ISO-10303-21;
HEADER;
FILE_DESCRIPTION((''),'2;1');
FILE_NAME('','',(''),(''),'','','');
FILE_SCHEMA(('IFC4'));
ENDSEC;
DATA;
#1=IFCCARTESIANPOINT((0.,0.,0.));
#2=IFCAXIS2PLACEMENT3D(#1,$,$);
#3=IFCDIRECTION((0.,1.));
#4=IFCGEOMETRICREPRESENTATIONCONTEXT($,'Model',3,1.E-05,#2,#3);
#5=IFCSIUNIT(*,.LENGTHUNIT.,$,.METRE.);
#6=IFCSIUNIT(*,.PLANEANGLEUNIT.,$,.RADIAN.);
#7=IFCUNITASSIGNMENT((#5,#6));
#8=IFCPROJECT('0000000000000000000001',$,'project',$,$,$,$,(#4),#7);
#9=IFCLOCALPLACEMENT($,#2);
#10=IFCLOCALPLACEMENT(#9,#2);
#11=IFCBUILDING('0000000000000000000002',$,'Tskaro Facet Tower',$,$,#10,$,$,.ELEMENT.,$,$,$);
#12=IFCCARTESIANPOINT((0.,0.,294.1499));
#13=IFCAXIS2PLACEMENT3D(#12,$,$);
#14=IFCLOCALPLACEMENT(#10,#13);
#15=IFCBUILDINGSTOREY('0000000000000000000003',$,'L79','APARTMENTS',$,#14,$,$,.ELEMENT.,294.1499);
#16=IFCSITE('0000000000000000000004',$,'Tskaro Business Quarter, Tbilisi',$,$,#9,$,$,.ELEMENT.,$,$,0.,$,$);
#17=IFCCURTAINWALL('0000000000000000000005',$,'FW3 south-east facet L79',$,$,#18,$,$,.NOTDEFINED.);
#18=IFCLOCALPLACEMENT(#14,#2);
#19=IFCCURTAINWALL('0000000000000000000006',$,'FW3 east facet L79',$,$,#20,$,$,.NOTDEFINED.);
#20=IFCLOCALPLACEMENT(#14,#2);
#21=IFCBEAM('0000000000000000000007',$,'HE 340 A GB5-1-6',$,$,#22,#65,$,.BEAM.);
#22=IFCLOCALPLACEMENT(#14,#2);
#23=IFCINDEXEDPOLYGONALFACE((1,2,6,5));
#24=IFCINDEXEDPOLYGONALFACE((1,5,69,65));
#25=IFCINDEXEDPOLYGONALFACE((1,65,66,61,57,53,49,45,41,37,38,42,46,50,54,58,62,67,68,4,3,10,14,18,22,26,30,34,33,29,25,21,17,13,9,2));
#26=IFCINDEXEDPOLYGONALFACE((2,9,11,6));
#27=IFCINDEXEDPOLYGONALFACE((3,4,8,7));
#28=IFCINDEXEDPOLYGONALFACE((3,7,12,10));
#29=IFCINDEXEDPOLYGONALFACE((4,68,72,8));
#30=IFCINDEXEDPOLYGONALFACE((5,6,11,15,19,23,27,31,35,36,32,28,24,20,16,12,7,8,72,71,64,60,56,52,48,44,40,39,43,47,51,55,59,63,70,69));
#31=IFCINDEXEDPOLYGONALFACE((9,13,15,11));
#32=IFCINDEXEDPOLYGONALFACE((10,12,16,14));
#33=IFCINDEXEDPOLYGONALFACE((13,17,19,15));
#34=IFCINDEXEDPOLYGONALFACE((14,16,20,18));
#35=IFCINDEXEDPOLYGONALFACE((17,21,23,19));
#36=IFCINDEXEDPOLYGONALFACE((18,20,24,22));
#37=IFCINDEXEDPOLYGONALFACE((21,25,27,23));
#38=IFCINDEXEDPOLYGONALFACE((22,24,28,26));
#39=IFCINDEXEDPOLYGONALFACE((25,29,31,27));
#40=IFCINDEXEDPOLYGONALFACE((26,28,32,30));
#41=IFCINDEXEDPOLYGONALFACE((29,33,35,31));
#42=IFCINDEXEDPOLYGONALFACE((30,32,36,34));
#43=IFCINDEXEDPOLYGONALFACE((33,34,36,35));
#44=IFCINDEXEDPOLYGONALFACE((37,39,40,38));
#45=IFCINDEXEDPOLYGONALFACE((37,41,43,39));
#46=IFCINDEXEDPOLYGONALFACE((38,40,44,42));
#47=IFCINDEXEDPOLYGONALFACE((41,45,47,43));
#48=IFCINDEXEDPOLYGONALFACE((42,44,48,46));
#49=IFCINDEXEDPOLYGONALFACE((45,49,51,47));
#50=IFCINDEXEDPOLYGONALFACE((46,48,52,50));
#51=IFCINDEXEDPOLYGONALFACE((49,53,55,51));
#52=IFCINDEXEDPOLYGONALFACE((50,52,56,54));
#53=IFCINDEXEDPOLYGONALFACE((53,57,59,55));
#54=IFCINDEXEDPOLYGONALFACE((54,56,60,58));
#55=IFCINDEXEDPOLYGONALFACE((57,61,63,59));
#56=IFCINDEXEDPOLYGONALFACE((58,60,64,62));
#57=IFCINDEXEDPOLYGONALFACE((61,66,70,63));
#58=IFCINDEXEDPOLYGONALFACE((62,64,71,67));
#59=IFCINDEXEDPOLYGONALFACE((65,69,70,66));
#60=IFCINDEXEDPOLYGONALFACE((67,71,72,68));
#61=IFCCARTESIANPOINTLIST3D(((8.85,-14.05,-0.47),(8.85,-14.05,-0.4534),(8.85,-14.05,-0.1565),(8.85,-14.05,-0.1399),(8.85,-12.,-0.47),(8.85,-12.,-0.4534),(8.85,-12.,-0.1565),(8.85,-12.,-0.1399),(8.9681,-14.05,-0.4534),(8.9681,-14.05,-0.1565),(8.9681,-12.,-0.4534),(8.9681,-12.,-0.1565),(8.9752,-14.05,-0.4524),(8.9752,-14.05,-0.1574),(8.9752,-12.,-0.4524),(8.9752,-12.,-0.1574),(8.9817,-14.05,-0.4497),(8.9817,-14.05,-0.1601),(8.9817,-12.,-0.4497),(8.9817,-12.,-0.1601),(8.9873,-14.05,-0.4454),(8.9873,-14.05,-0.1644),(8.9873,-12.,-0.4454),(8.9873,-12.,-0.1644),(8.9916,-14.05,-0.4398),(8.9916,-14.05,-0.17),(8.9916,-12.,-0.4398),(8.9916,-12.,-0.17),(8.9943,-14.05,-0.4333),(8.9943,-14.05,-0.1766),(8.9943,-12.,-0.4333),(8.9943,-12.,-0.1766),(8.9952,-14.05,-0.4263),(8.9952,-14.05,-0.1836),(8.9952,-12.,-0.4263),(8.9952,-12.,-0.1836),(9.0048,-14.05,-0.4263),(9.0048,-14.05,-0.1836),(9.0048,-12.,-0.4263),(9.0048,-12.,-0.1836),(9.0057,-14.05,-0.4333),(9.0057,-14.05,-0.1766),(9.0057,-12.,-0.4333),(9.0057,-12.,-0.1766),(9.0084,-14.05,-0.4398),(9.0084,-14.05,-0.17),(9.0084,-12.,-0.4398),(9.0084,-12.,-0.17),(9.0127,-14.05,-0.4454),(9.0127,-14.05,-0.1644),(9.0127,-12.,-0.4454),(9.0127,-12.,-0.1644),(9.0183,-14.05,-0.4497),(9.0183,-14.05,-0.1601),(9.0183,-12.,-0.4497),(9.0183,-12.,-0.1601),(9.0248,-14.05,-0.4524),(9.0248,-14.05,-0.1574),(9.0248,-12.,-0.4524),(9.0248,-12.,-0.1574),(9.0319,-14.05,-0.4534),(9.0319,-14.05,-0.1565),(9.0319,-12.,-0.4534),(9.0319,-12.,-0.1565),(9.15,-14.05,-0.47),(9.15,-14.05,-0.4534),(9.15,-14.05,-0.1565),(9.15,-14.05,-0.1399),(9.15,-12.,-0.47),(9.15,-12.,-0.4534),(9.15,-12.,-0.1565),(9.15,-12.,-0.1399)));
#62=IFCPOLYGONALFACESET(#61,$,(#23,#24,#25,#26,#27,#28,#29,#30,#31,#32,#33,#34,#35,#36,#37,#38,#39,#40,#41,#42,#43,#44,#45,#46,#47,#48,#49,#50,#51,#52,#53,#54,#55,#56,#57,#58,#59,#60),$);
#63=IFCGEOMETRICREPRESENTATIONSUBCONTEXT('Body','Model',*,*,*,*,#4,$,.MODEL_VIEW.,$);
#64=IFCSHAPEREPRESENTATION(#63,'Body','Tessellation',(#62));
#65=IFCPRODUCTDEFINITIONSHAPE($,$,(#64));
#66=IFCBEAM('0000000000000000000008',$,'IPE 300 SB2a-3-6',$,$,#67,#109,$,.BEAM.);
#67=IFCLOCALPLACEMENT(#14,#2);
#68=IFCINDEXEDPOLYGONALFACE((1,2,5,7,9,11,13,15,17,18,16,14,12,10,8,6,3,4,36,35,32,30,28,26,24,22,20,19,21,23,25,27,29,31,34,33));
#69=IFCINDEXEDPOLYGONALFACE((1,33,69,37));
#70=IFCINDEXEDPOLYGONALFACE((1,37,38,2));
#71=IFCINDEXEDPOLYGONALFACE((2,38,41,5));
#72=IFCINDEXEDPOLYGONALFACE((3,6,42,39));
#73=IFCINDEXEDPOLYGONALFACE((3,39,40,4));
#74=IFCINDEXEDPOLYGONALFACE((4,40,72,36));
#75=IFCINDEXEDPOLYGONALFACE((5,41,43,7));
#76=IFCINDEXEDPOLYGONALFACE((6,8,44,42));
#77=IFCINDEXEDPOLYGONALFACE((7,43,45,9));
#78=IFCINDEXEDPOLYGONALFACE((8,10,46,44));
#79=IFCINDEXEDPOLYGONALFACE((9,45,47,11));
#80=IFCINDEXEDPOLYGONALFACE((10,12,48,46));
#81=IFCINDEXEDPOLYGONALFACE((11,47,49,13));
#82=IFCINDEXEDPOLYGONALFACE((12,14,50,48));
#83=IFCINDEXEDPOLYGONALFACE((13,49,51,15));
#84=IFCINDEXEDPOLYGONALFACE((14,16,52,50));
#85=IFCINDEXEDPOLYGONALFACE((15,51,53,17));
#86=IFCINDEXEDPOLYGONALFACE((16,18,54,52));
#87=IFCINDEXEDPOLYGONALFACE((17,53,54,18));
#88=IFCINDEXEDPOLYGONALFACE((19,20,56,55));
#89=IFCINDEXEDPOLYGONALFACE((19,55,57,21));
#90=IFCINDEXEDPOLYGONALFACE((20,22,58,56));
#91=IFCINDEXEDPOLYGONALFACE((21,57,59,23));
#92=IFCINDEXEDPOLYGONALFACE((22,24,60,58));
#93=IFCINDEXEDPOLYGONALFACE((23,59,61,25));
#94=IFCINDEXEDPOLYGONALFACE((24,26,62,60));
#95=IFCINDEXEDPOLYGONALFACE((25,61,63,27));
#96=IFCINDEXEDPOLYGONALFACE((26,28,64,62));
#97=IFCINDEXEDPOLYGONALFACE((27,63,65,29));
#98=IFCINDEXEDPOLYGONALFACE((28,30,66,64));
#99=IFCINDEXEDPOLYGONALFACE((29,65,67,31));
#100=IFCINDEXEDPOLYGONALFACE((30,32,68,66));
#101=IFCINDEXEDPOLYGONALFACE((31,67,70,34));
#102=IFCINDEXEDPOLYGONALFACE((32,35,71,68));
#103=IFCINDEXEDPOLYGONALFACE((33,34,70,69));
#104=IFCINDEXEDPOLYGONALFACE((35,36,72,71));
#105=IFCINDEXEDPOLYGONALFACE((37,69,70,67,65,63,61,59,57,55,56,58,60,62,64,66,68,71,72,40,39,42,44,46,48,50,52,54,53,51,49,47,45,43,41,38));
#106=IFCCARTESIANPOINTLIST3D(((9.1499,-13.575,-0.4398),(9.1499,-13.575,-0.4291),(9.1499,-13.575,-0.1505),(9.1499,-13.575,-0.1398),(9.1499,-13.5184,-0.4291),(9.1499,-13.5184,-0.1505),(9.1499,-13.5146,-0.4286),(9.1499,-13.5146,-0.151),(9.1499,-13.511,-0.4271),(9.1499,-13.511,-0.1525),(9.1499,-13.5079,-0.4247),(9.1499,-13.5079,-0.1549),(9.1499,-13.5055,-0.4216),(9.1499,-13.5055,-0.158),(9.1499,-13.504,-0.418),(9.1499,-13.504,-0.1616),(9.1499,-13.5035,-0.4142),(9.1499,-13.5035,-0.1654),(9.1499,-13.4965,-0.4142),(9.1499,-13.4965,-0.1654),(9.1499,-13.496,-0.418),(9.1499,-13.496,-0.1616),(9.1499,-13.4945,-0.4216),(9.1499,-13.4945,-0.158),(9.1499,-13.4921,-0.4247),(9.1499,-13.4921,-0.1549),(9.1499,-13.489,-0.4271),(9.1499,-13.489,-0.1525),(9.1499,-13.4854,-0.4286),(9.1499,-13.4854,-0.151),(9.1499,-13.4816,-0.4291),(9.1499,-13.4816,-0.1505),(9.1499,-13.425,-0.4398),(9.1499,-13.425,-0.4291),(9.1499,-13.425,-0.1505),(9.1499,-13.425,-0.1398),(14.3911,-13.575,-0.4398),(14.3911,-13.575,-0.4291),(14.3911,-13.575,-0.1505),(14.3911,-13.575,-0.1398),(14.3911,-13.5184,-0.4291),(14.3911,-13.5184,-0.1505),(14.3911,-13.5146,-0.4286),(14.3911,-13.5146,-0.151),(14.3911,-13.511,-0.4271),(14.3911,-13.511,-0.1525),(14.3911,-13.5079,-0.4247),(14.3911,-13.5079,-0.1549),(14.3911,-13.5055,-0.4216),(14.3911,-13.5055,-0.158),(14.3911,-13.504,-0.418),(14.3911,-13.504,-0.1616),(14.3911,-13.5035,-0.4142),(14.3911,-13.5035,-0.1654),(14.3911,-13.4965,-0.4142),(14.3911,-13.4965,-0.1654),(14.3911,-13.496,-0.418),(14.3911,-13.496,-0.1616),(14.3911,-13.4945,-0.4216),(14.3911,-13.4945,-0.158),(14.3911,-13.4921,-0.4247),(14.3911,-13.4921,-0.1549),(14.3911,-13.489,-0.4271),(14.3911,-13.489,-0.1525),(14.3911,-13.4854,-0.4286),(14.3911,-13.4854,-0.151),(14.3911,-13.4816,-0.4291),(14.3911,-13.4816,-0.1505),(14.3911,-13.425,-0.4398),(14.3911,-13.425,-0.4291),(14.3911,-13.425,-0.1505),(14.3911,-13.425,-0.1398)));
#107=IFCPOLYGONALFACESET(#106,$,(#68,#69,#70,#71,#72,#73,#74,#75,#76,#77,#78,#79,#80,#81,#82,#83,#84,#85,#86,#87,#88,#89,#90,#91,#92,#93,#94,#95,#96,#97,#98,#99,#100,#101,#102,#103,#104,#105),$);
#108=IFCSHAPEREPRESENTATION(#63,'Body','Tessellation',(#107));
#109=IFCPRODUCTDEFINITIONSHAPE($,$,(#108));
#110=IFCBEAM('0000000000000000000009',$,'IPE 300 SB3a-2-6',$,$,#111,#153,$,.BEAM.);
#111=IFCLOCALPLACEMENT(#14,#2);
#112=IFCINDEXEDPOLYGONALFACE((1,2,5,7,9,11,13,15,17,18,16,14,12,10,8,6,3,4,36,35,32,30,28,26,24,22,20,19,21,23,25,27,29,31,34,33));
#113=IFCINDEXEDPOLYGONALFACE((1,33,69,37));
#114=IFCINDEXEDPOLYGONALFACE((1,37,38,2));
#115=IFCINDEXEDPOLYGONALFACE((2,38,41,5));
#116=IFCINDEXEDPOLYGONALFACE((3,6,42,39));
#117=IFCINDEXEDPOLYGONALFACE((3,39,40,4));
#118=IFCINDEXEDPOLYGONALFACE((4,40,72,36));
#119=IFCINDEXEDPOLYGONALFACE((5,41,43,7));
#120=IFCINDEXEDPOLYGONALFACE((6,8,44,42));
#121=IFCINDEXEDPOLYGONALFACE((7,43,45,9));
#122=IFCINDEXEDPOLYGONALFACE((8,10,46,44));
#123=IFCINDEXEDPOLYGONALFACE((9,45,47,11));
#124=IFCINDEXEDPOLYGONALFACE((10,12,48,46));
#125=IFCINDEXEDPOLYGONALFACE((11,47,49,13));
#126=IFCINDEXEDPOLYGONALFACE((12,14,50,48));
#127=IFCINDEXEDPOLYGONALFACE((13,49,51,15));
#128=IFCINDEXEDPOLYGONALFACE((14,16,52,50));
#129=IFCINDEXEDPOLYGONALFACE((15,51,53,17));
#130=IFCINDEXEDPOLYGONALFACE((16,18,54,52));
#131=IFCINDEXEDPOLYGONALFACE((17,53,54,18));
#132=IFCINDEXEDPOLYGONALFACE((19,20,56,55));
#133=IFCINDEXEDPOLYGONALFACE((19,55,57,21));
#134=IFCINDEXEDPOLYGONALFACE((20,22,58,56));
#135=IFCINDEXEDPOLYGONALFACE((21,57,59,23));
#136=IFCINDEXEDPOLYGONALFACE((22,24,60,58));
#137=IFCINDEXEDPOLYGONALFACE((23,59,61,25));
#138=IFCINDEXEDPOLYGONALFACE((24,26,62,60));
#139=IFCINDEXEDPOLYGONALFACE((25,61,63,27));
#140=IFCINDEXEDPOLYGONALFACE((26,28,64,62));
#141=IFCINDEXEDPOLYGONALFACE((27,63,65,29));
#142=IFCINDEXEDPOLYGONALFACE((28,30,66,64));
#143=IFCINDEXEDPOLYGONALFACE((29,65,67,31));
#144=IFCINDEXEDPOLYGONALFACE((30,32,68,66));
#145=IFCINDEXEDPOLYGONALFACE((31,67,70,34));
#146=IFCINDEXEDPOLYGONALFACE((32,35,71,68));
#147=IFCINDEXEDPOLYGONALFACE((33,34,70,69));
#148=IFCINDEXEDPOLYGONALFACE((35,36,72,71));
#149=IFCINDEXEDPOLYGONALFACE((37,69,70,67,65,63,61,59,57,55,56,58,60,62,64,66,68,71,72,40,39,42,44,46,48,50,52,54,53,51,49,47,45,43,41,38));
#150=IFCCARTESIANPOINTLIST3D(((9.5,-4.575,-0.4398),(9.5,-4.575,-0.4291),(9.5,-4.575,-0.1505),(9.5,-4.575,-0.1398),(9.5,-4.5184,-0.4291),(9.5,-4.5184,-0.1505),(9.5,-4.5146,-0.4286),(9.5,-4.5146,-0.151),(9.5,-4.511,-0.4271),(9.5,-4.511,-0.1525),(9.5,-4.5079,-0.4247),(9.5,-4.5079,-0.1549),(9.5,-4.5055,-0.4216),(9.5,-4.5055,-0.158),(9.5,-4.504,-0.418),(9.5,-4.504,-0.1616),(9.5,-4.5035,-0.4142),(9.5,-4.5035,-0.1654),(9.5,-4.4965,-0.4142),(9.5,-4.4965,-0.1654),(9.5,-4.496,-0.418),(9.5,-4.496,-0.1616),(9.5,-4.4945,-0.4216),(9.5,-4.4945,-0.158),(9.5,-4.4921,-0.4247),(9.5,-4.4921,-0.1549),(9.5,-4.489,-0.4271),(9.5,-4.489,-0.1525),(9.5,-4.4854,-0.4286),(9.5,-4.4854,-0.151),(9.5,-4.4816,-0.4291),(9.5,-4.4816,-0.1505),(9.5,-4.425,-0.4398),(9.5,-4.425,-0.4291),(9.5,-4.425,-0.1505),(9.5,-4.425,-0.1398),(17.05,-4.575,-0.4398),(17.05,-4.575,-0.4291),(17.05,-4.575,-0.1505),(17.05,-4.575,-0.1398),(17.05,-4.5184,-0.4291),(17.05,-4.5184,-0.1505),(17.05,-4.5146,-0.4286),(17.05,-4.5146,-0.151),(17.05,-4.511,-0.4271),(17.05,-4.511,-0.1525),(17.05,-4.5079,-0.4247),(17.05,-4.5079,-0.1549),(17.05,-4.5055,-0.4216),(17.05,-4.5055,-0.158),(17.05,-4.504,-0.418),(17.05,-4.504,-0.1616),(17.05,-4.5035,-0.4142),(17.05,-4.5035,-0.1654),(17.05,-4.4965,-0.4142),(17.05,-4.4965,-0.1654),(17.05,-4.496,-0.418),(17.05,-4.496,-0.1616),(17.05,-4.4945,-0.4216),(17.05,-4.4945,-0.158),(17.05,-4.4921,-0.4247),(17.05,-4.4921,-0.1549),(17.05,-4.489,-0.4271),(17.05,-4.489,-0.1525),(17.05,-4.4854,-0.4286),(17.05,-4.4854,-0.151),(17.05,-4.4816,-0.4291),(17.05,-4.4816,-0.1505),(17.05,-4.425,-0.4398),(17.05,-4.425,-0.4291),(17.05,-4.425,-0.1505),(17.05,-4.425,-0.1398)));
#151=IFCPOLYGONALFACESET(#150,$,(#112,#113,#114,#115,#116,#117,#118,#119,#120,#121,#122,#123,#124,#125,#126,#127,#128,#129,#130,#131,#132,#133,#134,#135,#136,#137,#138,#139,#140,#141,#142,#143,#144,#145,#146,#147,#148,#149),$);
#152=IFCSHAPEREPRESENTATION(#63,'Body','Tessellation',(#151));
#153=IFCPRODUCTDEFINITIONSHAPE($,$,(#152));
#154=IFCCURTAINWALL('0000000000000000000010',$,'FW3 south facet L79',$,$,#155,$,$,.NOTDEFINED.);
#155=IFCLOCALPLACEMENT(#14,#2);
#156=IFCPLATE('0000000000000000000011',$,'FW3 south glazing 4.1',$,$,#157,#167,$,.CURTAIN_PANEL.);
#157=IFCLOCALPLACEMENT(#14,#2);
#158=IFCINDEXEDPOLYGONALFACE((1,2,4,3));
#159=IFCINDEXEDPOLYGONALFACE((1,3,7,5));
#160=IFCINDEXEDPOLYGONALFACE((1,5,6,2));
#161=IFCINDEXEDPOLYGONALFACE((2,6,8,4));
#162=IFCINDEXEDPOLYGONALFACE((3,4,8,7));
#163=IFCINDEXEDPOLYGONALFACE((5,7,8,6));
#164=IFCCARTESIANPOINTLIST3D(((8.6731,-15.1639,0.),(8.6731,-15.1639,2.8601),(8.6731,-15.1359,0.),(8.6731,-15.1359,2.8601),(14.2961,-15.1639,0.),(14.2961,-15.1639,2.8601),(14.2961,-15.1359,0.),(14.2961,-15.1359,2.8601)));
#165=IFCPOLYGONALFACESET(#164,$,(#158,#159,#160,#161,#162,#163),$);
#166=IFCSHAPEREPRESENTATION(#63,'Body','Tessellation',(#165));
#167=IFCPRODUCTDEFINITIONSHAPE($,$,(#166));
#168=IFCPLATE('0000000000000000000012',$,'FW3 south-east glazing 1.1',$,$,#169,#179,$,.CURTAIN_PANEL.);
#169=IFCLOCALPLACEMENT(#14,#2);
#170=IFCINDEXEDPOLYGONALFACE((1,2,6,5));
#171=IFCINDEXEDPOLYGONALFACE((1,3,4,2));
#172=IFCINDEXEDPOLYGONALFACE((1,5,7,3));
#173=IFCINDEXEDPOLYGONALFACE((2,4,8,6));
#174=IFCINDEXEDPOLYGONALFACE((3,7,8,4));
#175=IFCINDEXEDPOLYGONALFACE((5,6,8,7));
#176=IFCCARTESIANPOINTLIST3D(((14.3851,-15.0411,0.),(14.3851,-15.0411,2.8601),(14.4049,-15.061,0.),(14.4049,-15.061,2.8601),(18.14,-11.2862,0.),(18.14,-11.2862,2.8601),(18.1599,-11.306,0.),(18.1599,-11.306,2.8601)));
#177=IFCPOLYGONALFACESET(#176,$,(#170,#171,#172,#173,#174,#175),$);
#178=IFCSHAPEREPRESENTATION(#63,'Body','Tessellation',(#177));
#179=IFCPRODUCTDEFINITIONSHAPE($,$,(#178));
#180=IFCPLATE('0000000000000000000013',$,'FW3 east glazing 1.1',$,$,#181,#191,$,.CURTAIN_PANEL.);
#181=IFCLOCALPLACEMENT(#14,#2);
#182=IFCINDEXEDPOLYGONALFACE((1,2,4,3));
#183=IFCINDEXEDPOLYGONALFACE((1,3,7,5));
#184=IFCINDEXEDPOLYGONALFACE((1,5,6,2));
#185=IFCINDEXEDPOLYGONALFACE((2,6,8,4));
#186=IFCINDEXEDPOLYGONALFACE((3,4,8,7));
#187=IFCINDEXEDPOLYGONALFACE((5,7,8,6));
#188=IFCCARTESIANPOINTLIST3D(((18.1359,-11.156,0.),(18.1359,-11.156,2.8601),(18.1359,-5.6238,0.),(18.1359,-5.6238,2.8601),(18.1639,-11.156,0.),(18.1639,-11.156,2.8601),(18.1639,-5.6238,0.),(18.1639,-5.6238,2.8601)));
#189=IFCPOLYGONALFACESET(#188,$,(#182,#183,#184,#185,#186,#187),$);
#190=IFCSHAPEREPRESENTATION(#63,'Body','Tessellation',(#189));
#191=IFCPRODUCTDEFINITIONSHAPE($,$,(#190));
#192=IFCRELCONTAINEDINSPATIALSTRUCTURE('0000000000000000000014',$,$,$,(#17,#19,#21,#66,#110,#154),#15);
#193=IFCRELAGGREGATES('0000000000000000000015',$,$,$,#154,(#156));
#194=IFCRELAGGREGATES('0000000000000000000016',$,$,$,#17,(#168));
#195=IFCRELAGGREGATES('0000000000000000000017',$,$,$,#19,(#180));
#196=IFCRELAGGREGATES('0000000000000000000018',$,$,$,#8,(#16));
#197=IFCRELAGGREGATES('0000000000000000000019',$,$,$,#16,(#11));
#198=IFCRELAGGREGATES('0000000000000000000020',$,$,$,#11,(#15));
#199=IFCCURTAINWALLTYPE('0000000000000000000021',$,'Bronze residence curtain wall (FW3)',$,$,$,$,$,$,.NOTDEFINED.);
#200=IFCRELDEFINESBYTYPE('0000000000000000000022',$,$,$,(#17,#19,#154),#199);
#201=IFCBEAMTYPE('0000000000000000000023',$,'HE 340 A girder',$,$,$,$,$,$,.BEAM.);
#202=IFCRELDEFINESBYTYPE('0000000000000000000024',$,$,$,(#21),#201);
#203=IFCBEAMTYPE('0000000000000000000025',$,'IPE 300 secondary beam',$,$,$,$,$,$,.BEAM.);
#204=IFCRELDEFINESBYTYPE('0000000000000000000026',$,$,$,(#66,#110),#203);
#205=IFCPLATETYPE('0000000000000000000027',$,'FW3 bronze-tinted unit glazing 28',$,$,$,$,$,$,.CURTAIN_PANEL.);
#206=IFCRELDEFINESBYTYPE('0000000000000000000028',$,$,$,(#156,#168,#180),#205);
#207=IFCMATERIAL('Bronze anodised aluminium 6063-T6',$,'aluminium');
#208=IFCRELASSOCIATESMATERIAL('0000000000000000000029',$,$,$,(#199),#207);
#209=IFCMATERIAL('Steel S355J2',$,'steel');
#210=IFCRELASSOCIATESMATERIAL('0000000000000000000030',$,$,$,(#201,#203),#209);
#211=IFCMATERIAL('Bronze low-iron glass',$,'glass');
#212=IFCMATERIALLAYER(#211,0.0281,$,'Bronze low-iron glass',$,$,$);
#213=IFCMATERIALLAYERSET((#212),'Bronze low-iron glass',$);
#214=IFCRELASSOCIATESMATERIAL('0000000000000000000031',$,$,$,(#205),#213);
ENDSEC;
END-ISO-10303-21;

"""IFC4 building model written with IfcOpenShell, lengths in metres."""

from ifc_helpers import new_model, si_unit, direction, frame, origin, origin_2d, place, context, subcontext, project, spatial, rectangle, i_section, extrude, material, layer, layer_set, material_profile, profile_set, type_object, element, aggregate, save


model = new_model("IFC4")

# Units and contexts
model_context = context("Model", 3, precision=1e-05, world=origin(), true_north=direction((0.0, 1.0)))
body_context = subcontext(model_context, "Body", "Model", "MODEL_VIEW")
ifc_project = project(units=[si_unit("LENGTHUNIT", "METRE"), si_unit("PLANEANGLEUNIT", "RADIAN")], contexts=[model_context])

# Site, building, storey
site_placement = place(None, origin())
site = spatial("IfcSite", under=ifc_project, at=site_placement, Name="Tskaro Business Quarter, Tbilisi", CompositionType="ELEMENT", RefElevation=0.0)
building_placement = place(site_placement, origin())
building = spatial("IfcBuilding", under=site, at=building_placement, Name="Tskaro Facet Tower", CompositionType="ELEMENT")
storey_placement = place(building_placement, frame((0.0, 0.0, 294.1499)))
storey = spatial("IfcBuildingStorey", under=building, at=storey_placement, Name="L79", Description="APARTMENTS", CompositionType="ELEMENT", Elevation=294.1499)

# Shared definitions
ifc_material_1 = material(Name="Steel S355J2", Category="steel")

# Curtain wall
ifc_material_2 = material(Name="Bronze anodised aluminium 6063-T6", Category="aluminium")
curtain_wall_type = type_object("IfcCurtainWallType", Name="Bronze residence curtain wall (FW3)", PredefinedType="NOTDEFINED", material=ifc_material_2)
curtain_wall_1_placement = place(storey_placement, origin())
curtain_wall_1 = element("IfcCurtainWall", 1, at=curtain_wall_1_placement, inside=storey, type_object=curtain_wall_type, Name="FW3 south-east facet L79", PredefinedType="NOTDEFINED")

# Curtain wall
curtain_wall_2_placement = place(storey_placement, origin())
curtain_wall_2 = element("IfcCurtainWall", 2, at=curtain_wall_2_placement, inside=storey, type_object=curtain_wall_type, Name="FW3 east facet L79", PredefinedType="NOTDEFINED")

# Beams
ifc_material_profile_1 = material_profile(ifc_material_1, i_section(OverallWidth=0.3, OverallDepth=0.3301, WebThickness=0.0095, FlangeThickness=0.0166, FilletRadius=0.0271, at=origin_2d()), Name="HE 340 A")
ifc_profile_set_1 = profile_set([ifc_material_profile_1], Name="Steel S355J2")
beam_type_1 = type_object("IfcBeamType", Name="HE 340 A girder", PredefinedType="BEAM", material=ifc_profile_set_1)
beam_1_placement = place(storey_placement, frame((9.0, -14.05, -0.3049), z_axis=(0.0, 1.0, 0.0), x_axis=(-1.0, 0.0, 0.0)))
element("IfcBeam", 3, at=beam_1_placement, inside=storey, type_object=beam_type_1, Name="HE 340 A GB5-1-6", PredefinedType="BEAM", context=body_context, shape_type="SweptSolid", body=[
    extrude(i_section(OverallWidth=0.3, OverallDepth=0.3301, WebThickness=0.0095, FlangeThickness=0.0166, FilletRadius=0.0271, at=origin_2d()), origin(), (0.0, 0.0, 1.0), 2.05),
])
ifc_material_profile_2 = material_profile(ifc_material_1, i_section(OverallWidth=0.1499, OverallDepth=0.3, WebThickness=0.0071, FlangeThickness=0.0107, FilletRadius=0.0149, at=origin_2d()), Name="IPE 300")
ifc_profile_set_2 = profile_set([ifc_material_profile_2], Name="Steel S355J2")
beam_type_2 = type_object("IfcBeamType", Name="IPE 300 secondary beam", PredefinedType="BEAM", material=ifc_profile_set_2)
beam_2_placement = place(storey_placement, frame((9.1499, -13.5, -0.2898), z_axis=(1.0, 0.0, 0.0), x_axis=(0.0, 1.0, 0.0)))
element("IfcBeam", 4, at=beam_2_placement, inside=storey, type_object=beam_type_2, Name="IPE 300 SB2a-3-6", PredefinedType="BEAM", context=body_context, shape_type="SweptSolid", body=[
    extrude(i_section(OverallWidth=0.1499, OverallDepth=0.3, WebThickness=0.0071, FlangeThickness=0.0107, FilletRadius=0.0149, at=origin_2d()), origin(), (0.0, 0.0, 1.0), 5.2412),
])
beam_3_placement = place(storey_placement, frame((9.5, -4.5, -0.2898), z_axis=(1.0, 0.0, 0.0), x_axis=(0.0, 1.0, 0.0)))
element("IfcBeam", 5, at=beam_3_placement, inside=storey, type_object=beam_type_2, Name="IPE 300 SB3a-2-6", PredefinedType="BEAM", context=body_context, shape_type="SweptSolid", body=[
    extrude(i_section(OverallWidth=0.1499, OverallDepth=0.3, WebThickness=0.0071, FlangeThickness=0.0107, FilletRadius=0.0149, at=origin_2d()), origin(), (0.0, 0.0, 1.0), 7.55),
])

# Curtain wall, plate
curtain_wall_3_placement = place(storey_placement, origin())
curtain_wall_3 = element("IfcCurtainWall", 6, at=curtain_wall_3_placement, inside=storey, type_object=curtain_wall_type, Name="FW3 south facet L79", PredefinedType="NOTDEFINED")
ifc_material_3 = material(Name="Bronze low-iron glass", Category="glass")
ifc_layer_1 = layer(ifc_material_3, 0.0281, Name="Bronze low-iron glass")
ifc_layer_set_1 = layer_set([ifc_layer_1], Name="Bronze low-iron glass")
plate_type = type_object("IfcPlateType", Name="FW3 bronze-tinted unit glazing 28", PredefinedType="CURTAIN_PANEL", material=ifc_layer_set_1)
plate_1_placement = place(storey_placement, frame((11.4846, -15.1499, 0.0), z_axis=(0.0, 0.0, 1.0), x_axis=(1.0, 0.0, 0.0)))
plate_1 = element("IfcPlate", 7, at=plate_1_placement, type_object=plate_type, Name="FW3 south glazing 4.1", PredefinedType="CURTAIN_PANEL", context=body_context, shape_type="SweptSolid", body=[
    extrude(rectangle(XDim=5.623, YDim=0.0281, at=origin_2d()), origin(), (0.0, 0.0, 1.0), 2.8601),
])
aggregate(curtain_wall_3, [plate_1])

# Plates
plate_2_placement = place(storey_placement, frame((16.2725, -13.1736, 0.0), z_axis=(0.0, 0.0, 1.0), x_axis=(0.707107, 0.707107, 0.0)))
plate_2 = element("IfcPlate", 8, at=plate_2_placement, type_object=plate_type, Name="FW3 south-east glazing 1.1", PredefinedType="CURTAIN_PANEL", context=body_context, shape_type="SweptSolid", body=[
    extrude(rectangle(XDim=5.3103, YDim=0.0281, at=origin_2d()), origin(), (0.0, 0.0, 1.0), 2.8601),
])
aggregate(curtain_wall_1, [plate_2])
plate_3_placement = place(storey_placement, frame((18.1499, -8.3899, 0.0), z_axis=(0.0, 0.0, 1.0), x_axis=(0.0, 1.0, 0.0)))
plate_3 = element("IfcPlate", 9, at=plate_3_placement, type_object=plate_type, Name="FW3 east glazing 1.1", PredefinedType="CURTAIN_PANEL", context=body_context, shape_type="SweptSolid", body=[
    extrude(rectangle(XDim=5.5322, YDim=0.0281, at=origin_2d()), origin(), (0.0, 0.0, 1.0), 2.8601),
])
aggregate(curtain_wall_2, [plate_3])

save(model, "model.ifc")
